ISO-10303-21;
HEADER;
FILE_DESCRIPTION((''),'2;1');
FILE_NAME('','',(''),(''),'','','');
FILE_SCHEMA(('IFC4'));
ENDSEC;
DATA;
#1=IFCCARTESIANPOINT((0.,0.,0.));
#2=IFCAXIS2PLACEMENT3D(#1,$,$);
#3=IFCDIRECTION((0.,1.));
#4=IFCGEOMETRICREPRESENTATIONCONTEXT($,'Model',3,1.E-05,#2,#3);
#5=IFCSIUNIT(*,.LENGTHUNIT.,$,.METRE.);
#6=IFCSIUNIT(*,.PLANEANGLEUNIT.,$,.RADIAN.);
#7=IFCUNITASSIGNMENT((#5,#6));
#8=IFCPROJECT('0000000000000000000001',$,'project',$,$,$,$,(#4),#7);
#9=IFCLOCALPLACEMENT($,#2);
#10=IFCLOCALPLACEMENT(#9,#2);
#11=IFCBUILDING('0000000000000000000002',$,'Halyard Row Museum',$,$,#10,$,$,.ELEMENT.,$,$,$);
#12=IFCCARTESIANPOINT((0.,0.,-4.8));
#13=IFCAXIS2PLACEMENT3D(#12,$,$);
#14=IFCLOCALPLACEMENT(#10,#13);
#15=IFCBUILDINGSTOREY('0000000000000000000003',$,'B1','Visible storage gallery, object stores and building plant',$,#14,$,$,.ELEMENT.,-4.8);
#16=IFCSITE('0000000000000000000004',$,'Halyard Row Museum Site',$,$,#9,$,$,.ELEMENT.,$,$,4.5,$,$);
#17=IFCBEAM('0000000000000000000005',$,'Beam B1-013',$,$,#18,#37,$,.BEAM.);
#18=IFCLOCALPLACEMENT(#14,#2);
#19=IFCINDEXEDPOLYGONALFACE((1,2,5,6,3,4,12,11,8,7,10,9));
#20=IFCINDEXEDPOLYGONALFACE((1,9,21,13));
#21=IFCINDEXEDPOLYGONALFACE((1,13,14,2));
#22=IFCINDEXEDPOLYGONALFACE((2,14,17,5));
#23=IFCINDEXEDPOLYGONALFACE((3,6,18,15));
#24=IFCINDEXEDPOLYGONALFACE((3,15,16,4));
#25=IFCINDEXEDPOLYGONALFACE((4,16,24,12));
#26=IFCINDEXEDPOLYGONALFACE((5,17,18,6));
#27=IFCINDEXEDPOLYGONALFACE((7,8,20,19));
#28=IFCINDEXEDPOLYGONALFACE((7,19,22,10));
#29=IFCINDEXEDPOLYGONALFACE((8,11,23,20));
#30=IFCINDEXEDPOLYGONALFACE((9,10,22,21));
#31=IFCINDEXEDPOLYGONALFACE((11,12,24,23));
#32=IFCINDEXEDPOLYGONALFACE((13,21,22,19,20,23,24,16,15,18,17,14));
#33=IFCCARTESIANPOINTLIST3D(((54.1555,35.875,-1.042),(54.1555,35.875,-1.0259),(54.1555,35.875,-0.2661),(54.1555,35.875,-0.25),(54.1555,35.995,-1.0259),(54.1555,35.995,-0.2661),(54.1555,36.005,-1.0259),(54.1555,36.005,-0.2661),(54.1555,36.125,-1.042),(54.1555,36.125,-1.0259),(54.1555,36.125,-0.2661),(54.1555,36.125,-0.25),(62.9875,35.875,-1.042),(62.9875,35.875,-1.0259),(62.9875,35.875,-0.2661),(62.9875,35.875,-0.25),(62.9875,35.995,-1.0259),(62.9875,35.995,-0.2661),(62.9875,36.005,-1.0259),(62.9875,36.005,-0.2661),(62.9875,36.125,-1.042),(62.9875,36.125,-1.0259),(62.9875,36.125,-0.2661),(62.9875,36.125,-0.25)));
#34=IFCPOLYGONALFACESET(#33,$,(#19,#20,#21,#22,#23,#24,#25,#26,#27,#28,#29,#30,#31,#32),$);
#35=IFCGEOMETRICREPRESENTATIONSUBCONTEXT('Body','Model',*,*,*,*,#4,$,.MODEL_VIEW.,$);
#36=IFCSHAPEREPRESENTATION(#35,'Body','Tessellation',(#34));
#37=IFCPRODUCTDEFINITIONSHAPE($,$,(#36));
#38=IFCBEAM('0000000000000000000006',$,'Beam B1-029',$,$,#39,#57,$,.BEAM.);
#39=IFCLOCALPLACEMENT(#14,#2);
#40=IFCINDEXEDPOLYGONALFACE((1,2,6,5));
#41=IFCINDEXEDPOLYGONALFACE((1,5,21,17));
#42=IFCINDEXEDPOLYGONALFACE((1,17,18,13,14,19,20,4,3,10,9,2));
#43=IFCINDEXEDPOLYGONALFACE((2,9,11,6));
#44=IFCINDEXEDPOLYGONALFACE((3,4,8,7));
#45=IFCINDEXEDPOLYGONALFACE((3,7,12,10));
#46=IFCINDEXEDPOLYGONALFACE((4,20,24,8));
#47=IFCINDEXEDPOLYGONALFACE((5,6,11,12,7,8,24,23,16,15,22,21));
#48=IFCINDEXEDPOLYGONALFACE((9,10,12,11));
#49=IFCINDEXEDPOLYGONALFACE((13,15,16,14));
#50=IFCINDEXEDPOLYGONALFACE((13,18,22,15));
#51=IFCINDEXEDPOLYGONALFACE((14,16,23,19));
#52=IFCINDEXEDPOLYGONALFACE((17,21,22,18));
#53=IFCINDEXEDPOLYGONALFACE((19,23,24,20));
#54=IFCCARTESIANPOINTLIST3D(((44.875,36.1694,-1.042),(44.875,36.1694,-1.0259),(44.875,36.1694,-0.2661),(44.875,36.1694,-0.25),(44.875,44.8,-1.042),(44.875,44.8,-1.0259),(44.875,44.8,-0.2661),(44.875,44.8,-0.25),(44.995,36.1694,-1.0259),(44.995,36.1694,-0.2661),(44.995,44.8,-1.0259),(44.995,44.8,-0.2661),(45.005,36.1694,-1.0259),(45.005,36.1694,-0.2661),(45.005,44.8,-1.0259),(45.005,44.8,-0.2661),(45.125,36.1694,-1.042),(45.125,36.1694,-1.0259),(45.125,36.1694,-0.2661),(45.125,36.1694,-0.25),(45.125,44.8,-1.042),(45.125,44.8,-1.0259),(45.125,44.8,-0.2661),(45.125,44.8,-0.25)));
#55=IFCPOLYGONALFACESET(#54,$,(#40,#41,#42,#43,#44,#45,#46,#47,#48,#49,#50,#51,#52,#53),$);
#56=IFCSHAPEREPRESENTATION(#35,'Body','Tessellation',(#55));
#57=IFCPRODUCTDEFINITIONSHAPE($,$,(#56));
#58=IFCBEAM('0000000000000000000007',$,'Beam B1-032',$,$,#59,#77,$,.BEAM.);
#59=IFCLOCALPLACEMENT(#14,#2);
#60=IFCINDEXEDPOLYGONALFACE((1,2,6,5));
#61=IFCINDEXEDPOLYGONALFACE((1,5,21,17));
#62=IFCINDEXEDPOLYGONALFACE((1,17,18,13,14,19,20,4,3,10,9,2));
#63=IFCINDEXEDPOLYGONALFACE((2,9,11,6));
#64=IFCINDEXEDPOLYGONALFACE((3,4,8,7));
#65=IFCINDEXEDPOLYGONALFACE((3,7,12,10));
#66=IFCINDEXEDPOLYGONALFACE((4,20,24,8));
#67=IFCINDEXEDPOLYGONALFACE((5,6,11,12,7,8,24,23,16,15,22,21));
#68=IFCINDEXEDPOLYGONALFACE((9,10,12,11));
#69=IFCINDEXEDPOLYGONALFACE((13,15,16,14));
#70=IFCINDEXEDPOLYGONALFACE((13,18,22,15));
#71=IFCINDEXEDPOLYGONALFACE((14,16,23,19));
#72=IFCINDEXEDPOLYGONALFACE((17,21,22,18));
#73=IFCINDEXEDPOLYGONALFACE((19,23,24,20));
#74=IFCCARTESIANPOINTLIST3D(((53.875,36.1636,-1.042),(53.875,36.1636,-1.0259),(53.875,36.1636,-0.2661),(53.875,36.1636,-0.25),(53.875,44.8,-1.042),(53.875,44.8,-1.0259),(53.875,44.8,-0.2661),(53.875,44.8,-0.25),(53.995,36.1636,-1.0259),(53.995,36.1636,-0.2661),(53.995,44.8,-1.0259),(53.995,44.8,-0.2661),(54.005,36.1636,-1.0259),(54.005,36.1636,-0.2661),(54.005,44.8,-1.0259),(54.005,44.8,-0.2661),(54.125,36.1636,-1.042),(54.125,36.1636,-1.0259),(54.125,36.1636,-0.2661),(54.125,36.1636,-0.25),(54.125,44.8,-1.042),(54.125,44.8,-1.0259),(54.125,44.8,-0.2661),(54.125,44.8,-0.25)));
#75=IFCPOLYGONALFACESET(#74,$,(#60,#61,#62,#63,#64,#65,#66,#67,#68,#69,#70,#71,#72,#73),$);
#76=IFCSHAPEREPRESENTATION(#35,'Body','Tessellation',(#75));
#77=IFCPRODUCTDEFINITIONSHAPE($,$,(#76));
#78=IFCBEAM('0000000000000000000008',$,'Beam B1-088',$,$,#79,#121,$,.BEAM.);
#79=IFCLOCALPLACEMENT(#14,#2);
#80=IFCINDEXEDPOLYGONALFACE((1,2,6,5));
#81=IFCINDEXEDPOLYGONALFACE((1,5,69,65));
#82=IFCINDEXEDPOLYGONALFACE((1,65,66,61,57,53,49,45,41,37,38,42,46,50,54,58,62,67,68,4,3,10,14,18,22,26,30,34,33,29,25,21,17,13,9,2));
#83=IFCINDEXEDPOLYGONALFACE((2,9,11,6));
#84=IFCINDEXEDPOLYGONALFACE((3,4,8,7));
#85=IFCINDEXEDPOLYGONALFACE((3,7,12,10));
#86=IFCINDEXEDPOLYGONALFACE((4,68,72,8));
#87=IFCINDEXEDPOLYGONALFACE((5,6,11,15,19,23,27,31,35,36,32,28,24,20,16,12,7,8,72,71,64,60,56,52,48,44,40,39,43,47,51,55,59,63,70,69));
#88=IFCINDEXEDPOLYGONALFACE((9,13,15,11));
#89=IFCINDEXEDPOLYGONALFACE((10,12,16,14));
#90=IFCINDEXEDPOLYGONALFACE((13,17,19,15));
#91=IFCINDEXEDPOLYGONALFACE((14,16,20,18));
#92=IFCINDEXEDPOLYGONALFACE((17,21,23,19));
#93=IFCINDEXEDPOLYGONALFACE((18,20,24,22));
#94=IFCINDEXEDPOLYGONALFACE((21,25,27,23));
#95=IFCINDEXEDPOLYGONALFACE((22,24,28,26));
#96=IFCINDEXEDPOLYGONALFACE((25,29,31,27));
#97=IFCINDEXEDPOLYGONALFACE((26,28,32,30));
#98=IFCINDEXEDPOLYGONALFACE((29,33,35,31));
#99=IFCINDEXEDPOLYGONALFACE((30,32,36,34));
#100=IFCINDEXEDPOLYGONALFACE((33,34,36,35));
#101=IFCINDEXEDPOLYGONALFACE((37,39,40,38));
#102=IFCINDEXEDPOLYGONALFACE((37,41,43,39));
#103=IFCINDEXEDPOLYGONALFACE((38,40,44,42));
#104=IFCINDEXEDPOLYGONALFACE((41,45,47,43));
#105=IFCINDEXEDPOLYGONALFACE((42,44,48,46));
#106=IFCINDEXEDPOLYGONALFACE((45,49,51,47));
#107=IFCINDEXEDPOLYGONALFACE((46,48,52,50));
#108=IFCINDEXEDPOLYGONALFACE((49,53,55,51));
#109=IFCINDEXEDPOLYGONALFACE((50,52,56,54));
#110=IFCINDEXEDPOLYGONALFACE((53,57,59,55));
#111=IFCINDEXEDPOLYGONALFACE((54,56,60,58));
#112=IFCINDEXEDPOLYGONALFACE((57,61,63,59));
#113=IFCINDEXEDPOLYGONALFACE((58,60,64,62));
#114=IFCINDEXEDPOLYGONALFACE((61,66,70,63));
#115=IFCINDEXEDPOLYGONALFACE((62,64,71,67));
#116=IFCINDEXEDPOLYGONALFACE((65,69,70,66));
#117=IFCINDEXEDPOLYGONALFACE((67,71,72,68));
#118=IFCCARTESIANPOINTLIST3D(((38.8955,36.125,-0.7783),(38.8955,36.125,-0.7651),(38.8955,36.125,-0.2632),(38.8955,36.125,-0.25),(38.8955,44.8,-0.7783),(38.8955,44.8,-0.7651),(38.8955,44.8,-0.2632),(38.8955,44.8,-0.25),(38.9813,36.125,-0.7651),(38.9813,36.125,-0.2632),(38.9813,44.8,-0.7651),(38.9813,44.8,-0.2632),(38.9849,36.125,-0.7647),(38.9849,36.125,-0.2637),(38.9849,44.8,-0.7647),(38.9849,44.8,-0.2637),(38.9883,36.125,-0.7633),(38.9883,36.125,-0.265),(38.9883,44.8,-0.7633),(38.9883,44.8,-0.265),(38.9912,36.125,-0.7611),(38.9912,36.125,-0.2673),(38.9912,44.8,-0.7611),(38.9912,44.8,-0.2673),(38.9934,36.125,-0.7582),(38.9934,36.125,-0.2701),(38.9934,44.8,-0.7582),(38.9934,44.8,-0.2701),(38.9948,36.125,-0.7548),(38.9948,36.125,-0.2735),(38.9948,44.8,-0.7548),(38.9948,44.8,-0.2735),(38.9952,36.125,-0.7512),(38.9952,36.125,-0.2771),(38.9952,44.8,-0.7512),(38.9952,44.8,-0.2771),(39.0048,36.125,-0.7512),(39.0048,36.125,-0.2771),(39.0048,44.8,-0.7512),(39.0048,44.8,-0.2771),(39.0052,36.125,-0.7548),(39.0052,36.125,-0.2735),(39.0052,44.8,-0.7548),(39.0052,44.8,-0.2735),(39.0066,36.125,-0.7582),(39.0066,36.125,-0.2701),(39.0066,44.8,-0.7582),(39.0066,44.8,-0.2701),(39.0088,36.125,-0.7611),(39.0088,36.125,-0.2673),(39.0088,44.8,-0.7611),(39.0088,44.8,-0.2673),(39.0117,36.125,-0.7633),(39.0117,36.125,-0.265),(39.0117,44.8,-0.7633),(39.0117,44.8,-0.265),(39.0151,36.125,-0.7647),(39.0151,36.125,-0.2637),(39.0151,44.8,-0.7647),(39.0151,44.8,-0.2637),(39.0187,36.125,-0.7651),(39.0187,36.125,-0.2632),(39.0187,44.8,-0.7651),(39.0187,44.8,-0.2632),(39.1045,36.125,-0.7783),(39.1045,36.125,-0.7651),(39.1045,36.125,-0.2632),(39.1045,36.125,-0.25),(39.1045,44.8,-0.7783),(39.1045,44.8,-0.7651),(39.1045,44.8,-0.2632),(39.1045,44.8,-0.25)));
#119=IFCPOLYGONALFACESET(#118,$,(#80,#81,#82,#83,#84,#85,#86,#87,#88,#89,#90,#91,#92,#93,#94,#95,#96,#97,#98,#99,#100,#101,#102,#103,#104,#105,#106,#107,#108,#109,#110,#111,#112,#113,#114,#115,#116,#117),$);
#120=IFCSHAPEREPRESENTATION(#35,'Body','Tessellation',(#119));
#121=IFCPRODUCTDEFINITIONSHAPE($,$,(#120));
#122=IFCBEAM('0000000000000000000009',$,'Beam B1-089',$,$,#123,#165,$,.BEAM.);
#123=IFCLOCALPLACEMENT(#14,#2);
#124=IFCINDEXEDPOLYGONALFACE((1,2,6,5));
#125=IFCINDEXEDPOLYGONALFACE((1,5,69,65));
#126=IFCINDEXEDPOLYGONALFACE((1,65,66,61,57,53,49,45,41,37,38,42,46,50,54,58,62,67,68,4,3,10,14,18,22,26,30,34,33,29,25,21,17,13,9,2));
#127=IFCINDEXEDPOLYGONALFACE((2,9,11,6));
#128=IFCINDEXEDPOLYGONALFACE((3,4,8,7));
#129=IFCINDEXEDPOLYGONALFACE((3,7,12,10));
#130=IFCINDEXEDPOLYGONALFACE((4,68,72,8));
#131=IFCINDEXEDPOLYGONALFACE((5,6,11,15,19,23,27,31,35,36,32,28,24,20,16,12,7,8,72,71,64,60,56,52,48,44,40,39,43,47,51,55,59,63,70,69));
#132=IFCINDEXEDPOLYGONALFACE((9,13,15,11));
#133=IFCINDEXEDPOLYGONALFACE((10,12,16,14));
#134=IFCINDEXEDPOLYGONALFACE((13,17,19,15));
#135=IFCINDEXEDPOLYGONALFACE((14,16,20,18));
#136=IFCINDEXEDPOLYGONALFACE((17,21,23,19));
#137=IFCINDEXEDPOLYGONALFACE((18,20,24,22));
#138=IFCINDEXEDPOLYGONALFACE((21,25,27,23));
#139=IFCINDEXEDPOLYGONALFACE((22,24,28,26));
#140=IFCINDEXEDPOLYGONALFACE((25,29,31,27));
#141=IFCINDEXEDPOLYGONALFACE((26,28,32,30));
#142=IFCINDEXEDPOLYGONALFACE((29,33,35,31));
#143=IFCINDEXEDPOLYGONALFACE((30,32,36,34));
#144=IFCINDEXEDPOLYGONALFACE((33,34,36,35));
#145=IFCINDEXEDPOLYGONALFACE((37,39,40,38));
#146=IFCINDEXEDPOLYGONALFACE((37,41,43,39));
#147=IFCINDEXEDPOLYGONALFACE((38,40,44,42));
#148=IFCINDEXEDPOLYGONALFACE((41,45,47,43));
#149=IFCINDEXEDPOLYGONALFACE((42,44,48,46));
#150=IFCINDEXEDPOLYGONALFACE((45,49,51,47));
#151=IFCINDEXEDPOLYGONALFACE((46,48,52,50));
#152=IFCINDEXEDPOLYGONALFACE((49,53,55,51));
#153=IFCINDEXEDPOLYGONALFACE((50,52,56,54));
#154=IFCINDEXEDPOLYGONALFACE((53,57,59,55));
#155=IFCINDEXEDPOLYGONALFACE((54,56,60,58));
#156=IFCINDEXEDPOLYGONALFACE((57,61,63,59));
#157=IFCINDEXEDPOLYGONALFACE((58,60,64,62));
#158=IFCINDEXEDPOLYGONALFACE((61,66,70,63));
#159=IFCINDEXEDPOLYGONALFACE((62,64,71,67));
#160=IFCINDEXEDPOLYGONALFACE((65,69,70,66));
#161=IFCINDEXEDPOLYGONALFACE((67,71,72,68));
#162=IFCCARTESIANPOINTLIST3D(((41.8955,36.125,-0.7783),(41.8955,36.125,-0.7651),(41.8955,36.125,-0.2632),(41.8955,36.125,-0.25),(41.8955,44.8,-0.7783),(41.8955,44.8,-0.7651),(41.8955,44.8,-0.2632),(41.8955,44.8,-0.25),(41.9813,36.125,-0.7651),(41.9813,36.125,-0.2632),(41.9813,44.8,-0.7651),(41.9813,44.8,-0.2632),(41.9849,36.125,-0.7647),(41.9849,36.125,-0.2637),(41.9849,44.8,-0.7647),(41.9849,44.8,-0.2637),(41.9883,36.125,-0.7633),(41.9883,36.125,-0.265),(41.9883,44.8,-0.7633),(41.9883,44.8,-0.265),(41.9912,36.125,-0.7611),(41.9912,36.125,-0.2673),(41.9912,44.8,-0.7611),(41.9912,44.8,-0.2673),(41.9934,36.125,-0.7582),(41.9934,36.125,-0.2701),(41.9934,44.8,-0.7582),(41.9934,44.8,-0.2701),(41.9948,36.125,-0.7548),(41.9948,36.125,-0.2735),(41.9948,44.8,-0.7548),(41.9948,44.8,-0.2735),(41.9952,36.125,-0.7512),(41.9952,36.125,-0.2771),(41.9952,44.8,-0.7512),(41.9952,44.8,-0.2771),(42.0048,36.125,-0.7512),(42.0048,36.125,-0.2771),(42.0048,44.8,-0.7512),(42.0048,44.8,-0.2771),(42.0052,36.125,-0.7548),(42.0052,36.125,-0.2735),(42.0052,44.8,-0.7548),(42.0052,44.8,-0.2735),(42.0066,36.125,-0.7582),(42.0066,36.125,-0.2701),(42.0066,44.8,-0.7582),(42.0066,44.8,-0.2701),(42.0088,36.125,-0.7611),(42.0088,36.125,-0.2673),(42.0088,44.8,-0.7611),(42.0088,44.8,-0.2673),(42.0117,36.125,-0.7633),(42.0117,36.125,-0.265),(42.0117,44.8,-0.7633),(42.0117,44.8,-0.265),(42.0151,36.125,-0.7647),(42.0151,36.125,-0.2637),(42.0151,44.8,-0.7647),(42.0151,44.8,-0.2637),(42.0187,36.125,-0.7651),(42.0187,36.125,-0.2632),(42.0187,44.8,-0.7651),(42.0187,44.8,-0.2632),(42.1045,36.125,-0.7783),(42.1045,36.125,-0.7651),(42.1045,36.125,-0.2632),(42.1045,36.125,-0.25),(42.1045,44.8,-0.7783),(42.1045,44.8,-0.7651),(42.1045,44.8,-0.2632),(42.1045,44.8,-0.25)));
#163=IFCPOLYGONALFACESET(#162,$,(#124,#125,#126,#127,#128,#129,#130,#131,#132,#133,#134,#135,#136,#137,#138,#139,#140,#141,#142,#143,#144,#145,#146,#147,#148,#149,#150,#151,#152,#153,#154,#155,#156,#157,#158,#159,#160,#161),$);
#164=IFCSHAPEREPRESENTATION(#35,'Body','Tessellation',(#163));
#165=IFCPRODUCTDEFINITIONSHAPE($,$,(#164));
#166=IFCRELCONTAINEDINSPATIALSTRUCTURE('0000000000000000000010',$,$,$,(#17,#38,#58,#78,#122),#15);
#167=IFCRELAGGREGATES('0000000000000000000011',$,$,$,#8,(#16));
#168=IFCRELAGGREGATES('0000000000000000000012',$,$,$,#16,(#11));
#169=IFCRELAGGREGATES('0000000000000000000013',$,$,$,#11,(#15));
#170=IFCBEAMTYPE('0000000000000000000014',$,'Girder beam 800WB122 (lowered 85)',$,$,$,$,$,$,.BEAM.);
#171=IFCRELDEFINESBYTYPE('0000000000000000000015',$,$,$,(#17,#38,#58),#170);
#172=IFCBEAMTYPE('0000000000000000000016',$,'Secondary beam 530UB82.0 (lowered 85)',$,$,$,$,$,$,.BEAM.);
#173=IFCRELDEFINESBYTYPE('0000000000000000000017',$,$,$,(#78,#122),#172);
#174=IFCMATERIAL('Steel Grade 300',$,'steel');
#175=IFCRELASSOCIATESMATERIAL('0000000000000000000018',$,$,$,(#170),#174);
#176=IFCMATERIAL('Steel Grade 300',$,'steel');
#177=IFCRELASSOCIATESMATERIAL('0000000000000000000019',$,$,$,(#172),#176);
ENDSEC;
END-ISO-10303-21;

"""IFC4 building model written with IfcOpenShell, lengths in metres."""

from ifc_helpers import new_model, si_unit, direction, frame, origin, origin_2d, place, context, subcontext, project, spatial, i_section, extrude, material, material_profile, profile_set, type_object, element, save


model = new_model("IFC4")

# Units and contexts
model_context = context("Model", 3, precision=1e-05, world=origin(), true_north=direction((0.0, 1.0)))
body_context = subcontext(model_context, "Body", "Model", "MODEL_VIEW")
ifc_project = project(units=[si_unit("LENGTHUNIT", "METRE"), si_unit("PLANEANGLEUNIT", "RADIAN")], contexts=[model_context])

# Site, building, storey
site_placement = place(None, origin())
site = spatial("IfcSite", under=ifc_project, at=site_placement, Name="Halyard Row Museum Site", CompositionType="ELEMENT", RefElevation=4.5)
building_placement = place(site_placement, origin())
building = spatial("IfcBuilding", under=site, at=building_placement, Name="Halyard Row Museum", CompositionType="ELEMENT")
storey_placement = place(building_placement, frame((0.0, 0.0, -4.8)))
storey = spatial("IfcBuildingStorey", under=building, at=storey_placement, Name="B1", Description="Visible storage gallery, object stores and building plant", CompositionType="ELEMENT", Elevation=-4.8)

# Beams
ifc_material_1 = material(Name="Steel Grade 300", Category="steel")
ifc_material_profile_1 = material_profile(ifc_material_1, i_section(OverallWidth=0.25, OverallDepth=0.792, WebThickness=0.01, FlangeThickness=0.0161, at=origin_2d()), Name="800WB122")
ifc_profile_set_1 = profile_set([ifc_material_profile_1], Name="Steel Grade 300")
beam_type_1 = type_object("IfcBeamType", Name="Girder beam 800WB122 (lowered 85)", PredefinedType="BEAM", material=ifc_profile_set_1)
beam_1_placement = place(storey_placement, frame((54.1555, 36.0, -0.646), z_axis=(1.0, 0.0, 0.0), x_axis=(0.0, 1.0, 0.0)))
element("IfcBeam", 1, at=beam_1_placement, inside=storey, type_object=beam_type_1, Name="Beam B1-013", PredefinedType="BEAM", context=body_context, shape_type="SweptSolid", body=[
    extrude(i_section(OverallWidth=0.25, OverallDepth=0.792, WebThickness=0.01, FlangeThickness=0.0161, at=origin_2d()), origin(), (0.0, 0.0, 1.0), 8.832),
])
beam_2_placement = place(storey_placement, frame((45.0, 36.1694, -0.646), z_axis=(0.0, 1.0, 0.0), x_axis=(-1.0, 0.0, 0.0)))
element("IfcBeam", 2, at=beam_2_placement, inside=storey, type_object=beam_type_1, Name="Beam B1-029", PredefinedType="BEAM", context=body_context, shape_type="SweptSolid", body=[
    extrude(i_section(OverallWidth=0.25, OverallDepth=0.792, WebThickness=0.01, FlangeThickness=0.0161, at=origin_2d()), origin(), (0.0, 0.0, 1.0), 8.6306),
])
beam_3_placement = place(storey_placement, frame((54.0, 36.1636, -0.646), z_axis=(0.0, 1.0, 0.0), x_axis=(-1.0, 0.0, 0.0)))
element("IfcBeam", 3, at=beam_3_placement, inside=storey, type_object=beam_type_1, Name="Beam B1-032", PredefinedType="BEAM", context=body_context, shape_type="SweptSolid", body=[
    extrude(i_section(OverallWidth=0.25, OverallDepth=0.792, WebThickness=0.01, FlangeThickness=0.0161, at=origin_2d()), origin(), (0.0, 0.0, 1.0), 8.6365),
])
ifc_material_2 = material(Name="Steel Grade 300", Category="steel")
ifc_material_profile_2 = material_profile(ifc_material_2, i_section(OverallWidth=0.209, OverallDepth=0.5283, WebThickness=0.0095, FlangeThickness=0.0132, FilletRadius=0.0139, at=origin_2d()), Name="530UB82.0")
ifc_profile_set_2 = profile_set([ifc_material_profile_2], Name="Steel Grade 300")
beam_type_2 = type_object("IfcBeamType", Name="Secondary beam 530UB82.0 (lowered 85)", PredefinedType="BEAM", material=ifc_profile_set_2)
for number, where, z_axis, x_axis, name in (
    (4, (39.0, 36.125, -0.5142), (0.0, 1.0, 0.0), (-1.0, 0.0, 0.0), "Beam B1-088"),
    (5, (42.0, 36.125, -0.5142), (0.0, 1.0, 0.0), (-1.0, 0.0, 0.0), "Beam B1-089"),
):
    element("IfcBeam", number, at=place(storey_placement, frame(where, z_axis=z_axis, x_axis=x_axis)), inside=storey, type_object=beam_type_2, Name=name, PredefinedType="BEAM", context=body_context, shape_type="SweptSolid", body=[
        extrude(i_section(OverallWidth=0.209, OverallDepth=0.5283, WebThickness=0.0095, FlangeThickness=0.0132, FilletRadius=0.0139, at=origin_2d()), origin(), (0.0, 0.0, 1.0), 8.675),
    ])

save(model, "model.ifc")
